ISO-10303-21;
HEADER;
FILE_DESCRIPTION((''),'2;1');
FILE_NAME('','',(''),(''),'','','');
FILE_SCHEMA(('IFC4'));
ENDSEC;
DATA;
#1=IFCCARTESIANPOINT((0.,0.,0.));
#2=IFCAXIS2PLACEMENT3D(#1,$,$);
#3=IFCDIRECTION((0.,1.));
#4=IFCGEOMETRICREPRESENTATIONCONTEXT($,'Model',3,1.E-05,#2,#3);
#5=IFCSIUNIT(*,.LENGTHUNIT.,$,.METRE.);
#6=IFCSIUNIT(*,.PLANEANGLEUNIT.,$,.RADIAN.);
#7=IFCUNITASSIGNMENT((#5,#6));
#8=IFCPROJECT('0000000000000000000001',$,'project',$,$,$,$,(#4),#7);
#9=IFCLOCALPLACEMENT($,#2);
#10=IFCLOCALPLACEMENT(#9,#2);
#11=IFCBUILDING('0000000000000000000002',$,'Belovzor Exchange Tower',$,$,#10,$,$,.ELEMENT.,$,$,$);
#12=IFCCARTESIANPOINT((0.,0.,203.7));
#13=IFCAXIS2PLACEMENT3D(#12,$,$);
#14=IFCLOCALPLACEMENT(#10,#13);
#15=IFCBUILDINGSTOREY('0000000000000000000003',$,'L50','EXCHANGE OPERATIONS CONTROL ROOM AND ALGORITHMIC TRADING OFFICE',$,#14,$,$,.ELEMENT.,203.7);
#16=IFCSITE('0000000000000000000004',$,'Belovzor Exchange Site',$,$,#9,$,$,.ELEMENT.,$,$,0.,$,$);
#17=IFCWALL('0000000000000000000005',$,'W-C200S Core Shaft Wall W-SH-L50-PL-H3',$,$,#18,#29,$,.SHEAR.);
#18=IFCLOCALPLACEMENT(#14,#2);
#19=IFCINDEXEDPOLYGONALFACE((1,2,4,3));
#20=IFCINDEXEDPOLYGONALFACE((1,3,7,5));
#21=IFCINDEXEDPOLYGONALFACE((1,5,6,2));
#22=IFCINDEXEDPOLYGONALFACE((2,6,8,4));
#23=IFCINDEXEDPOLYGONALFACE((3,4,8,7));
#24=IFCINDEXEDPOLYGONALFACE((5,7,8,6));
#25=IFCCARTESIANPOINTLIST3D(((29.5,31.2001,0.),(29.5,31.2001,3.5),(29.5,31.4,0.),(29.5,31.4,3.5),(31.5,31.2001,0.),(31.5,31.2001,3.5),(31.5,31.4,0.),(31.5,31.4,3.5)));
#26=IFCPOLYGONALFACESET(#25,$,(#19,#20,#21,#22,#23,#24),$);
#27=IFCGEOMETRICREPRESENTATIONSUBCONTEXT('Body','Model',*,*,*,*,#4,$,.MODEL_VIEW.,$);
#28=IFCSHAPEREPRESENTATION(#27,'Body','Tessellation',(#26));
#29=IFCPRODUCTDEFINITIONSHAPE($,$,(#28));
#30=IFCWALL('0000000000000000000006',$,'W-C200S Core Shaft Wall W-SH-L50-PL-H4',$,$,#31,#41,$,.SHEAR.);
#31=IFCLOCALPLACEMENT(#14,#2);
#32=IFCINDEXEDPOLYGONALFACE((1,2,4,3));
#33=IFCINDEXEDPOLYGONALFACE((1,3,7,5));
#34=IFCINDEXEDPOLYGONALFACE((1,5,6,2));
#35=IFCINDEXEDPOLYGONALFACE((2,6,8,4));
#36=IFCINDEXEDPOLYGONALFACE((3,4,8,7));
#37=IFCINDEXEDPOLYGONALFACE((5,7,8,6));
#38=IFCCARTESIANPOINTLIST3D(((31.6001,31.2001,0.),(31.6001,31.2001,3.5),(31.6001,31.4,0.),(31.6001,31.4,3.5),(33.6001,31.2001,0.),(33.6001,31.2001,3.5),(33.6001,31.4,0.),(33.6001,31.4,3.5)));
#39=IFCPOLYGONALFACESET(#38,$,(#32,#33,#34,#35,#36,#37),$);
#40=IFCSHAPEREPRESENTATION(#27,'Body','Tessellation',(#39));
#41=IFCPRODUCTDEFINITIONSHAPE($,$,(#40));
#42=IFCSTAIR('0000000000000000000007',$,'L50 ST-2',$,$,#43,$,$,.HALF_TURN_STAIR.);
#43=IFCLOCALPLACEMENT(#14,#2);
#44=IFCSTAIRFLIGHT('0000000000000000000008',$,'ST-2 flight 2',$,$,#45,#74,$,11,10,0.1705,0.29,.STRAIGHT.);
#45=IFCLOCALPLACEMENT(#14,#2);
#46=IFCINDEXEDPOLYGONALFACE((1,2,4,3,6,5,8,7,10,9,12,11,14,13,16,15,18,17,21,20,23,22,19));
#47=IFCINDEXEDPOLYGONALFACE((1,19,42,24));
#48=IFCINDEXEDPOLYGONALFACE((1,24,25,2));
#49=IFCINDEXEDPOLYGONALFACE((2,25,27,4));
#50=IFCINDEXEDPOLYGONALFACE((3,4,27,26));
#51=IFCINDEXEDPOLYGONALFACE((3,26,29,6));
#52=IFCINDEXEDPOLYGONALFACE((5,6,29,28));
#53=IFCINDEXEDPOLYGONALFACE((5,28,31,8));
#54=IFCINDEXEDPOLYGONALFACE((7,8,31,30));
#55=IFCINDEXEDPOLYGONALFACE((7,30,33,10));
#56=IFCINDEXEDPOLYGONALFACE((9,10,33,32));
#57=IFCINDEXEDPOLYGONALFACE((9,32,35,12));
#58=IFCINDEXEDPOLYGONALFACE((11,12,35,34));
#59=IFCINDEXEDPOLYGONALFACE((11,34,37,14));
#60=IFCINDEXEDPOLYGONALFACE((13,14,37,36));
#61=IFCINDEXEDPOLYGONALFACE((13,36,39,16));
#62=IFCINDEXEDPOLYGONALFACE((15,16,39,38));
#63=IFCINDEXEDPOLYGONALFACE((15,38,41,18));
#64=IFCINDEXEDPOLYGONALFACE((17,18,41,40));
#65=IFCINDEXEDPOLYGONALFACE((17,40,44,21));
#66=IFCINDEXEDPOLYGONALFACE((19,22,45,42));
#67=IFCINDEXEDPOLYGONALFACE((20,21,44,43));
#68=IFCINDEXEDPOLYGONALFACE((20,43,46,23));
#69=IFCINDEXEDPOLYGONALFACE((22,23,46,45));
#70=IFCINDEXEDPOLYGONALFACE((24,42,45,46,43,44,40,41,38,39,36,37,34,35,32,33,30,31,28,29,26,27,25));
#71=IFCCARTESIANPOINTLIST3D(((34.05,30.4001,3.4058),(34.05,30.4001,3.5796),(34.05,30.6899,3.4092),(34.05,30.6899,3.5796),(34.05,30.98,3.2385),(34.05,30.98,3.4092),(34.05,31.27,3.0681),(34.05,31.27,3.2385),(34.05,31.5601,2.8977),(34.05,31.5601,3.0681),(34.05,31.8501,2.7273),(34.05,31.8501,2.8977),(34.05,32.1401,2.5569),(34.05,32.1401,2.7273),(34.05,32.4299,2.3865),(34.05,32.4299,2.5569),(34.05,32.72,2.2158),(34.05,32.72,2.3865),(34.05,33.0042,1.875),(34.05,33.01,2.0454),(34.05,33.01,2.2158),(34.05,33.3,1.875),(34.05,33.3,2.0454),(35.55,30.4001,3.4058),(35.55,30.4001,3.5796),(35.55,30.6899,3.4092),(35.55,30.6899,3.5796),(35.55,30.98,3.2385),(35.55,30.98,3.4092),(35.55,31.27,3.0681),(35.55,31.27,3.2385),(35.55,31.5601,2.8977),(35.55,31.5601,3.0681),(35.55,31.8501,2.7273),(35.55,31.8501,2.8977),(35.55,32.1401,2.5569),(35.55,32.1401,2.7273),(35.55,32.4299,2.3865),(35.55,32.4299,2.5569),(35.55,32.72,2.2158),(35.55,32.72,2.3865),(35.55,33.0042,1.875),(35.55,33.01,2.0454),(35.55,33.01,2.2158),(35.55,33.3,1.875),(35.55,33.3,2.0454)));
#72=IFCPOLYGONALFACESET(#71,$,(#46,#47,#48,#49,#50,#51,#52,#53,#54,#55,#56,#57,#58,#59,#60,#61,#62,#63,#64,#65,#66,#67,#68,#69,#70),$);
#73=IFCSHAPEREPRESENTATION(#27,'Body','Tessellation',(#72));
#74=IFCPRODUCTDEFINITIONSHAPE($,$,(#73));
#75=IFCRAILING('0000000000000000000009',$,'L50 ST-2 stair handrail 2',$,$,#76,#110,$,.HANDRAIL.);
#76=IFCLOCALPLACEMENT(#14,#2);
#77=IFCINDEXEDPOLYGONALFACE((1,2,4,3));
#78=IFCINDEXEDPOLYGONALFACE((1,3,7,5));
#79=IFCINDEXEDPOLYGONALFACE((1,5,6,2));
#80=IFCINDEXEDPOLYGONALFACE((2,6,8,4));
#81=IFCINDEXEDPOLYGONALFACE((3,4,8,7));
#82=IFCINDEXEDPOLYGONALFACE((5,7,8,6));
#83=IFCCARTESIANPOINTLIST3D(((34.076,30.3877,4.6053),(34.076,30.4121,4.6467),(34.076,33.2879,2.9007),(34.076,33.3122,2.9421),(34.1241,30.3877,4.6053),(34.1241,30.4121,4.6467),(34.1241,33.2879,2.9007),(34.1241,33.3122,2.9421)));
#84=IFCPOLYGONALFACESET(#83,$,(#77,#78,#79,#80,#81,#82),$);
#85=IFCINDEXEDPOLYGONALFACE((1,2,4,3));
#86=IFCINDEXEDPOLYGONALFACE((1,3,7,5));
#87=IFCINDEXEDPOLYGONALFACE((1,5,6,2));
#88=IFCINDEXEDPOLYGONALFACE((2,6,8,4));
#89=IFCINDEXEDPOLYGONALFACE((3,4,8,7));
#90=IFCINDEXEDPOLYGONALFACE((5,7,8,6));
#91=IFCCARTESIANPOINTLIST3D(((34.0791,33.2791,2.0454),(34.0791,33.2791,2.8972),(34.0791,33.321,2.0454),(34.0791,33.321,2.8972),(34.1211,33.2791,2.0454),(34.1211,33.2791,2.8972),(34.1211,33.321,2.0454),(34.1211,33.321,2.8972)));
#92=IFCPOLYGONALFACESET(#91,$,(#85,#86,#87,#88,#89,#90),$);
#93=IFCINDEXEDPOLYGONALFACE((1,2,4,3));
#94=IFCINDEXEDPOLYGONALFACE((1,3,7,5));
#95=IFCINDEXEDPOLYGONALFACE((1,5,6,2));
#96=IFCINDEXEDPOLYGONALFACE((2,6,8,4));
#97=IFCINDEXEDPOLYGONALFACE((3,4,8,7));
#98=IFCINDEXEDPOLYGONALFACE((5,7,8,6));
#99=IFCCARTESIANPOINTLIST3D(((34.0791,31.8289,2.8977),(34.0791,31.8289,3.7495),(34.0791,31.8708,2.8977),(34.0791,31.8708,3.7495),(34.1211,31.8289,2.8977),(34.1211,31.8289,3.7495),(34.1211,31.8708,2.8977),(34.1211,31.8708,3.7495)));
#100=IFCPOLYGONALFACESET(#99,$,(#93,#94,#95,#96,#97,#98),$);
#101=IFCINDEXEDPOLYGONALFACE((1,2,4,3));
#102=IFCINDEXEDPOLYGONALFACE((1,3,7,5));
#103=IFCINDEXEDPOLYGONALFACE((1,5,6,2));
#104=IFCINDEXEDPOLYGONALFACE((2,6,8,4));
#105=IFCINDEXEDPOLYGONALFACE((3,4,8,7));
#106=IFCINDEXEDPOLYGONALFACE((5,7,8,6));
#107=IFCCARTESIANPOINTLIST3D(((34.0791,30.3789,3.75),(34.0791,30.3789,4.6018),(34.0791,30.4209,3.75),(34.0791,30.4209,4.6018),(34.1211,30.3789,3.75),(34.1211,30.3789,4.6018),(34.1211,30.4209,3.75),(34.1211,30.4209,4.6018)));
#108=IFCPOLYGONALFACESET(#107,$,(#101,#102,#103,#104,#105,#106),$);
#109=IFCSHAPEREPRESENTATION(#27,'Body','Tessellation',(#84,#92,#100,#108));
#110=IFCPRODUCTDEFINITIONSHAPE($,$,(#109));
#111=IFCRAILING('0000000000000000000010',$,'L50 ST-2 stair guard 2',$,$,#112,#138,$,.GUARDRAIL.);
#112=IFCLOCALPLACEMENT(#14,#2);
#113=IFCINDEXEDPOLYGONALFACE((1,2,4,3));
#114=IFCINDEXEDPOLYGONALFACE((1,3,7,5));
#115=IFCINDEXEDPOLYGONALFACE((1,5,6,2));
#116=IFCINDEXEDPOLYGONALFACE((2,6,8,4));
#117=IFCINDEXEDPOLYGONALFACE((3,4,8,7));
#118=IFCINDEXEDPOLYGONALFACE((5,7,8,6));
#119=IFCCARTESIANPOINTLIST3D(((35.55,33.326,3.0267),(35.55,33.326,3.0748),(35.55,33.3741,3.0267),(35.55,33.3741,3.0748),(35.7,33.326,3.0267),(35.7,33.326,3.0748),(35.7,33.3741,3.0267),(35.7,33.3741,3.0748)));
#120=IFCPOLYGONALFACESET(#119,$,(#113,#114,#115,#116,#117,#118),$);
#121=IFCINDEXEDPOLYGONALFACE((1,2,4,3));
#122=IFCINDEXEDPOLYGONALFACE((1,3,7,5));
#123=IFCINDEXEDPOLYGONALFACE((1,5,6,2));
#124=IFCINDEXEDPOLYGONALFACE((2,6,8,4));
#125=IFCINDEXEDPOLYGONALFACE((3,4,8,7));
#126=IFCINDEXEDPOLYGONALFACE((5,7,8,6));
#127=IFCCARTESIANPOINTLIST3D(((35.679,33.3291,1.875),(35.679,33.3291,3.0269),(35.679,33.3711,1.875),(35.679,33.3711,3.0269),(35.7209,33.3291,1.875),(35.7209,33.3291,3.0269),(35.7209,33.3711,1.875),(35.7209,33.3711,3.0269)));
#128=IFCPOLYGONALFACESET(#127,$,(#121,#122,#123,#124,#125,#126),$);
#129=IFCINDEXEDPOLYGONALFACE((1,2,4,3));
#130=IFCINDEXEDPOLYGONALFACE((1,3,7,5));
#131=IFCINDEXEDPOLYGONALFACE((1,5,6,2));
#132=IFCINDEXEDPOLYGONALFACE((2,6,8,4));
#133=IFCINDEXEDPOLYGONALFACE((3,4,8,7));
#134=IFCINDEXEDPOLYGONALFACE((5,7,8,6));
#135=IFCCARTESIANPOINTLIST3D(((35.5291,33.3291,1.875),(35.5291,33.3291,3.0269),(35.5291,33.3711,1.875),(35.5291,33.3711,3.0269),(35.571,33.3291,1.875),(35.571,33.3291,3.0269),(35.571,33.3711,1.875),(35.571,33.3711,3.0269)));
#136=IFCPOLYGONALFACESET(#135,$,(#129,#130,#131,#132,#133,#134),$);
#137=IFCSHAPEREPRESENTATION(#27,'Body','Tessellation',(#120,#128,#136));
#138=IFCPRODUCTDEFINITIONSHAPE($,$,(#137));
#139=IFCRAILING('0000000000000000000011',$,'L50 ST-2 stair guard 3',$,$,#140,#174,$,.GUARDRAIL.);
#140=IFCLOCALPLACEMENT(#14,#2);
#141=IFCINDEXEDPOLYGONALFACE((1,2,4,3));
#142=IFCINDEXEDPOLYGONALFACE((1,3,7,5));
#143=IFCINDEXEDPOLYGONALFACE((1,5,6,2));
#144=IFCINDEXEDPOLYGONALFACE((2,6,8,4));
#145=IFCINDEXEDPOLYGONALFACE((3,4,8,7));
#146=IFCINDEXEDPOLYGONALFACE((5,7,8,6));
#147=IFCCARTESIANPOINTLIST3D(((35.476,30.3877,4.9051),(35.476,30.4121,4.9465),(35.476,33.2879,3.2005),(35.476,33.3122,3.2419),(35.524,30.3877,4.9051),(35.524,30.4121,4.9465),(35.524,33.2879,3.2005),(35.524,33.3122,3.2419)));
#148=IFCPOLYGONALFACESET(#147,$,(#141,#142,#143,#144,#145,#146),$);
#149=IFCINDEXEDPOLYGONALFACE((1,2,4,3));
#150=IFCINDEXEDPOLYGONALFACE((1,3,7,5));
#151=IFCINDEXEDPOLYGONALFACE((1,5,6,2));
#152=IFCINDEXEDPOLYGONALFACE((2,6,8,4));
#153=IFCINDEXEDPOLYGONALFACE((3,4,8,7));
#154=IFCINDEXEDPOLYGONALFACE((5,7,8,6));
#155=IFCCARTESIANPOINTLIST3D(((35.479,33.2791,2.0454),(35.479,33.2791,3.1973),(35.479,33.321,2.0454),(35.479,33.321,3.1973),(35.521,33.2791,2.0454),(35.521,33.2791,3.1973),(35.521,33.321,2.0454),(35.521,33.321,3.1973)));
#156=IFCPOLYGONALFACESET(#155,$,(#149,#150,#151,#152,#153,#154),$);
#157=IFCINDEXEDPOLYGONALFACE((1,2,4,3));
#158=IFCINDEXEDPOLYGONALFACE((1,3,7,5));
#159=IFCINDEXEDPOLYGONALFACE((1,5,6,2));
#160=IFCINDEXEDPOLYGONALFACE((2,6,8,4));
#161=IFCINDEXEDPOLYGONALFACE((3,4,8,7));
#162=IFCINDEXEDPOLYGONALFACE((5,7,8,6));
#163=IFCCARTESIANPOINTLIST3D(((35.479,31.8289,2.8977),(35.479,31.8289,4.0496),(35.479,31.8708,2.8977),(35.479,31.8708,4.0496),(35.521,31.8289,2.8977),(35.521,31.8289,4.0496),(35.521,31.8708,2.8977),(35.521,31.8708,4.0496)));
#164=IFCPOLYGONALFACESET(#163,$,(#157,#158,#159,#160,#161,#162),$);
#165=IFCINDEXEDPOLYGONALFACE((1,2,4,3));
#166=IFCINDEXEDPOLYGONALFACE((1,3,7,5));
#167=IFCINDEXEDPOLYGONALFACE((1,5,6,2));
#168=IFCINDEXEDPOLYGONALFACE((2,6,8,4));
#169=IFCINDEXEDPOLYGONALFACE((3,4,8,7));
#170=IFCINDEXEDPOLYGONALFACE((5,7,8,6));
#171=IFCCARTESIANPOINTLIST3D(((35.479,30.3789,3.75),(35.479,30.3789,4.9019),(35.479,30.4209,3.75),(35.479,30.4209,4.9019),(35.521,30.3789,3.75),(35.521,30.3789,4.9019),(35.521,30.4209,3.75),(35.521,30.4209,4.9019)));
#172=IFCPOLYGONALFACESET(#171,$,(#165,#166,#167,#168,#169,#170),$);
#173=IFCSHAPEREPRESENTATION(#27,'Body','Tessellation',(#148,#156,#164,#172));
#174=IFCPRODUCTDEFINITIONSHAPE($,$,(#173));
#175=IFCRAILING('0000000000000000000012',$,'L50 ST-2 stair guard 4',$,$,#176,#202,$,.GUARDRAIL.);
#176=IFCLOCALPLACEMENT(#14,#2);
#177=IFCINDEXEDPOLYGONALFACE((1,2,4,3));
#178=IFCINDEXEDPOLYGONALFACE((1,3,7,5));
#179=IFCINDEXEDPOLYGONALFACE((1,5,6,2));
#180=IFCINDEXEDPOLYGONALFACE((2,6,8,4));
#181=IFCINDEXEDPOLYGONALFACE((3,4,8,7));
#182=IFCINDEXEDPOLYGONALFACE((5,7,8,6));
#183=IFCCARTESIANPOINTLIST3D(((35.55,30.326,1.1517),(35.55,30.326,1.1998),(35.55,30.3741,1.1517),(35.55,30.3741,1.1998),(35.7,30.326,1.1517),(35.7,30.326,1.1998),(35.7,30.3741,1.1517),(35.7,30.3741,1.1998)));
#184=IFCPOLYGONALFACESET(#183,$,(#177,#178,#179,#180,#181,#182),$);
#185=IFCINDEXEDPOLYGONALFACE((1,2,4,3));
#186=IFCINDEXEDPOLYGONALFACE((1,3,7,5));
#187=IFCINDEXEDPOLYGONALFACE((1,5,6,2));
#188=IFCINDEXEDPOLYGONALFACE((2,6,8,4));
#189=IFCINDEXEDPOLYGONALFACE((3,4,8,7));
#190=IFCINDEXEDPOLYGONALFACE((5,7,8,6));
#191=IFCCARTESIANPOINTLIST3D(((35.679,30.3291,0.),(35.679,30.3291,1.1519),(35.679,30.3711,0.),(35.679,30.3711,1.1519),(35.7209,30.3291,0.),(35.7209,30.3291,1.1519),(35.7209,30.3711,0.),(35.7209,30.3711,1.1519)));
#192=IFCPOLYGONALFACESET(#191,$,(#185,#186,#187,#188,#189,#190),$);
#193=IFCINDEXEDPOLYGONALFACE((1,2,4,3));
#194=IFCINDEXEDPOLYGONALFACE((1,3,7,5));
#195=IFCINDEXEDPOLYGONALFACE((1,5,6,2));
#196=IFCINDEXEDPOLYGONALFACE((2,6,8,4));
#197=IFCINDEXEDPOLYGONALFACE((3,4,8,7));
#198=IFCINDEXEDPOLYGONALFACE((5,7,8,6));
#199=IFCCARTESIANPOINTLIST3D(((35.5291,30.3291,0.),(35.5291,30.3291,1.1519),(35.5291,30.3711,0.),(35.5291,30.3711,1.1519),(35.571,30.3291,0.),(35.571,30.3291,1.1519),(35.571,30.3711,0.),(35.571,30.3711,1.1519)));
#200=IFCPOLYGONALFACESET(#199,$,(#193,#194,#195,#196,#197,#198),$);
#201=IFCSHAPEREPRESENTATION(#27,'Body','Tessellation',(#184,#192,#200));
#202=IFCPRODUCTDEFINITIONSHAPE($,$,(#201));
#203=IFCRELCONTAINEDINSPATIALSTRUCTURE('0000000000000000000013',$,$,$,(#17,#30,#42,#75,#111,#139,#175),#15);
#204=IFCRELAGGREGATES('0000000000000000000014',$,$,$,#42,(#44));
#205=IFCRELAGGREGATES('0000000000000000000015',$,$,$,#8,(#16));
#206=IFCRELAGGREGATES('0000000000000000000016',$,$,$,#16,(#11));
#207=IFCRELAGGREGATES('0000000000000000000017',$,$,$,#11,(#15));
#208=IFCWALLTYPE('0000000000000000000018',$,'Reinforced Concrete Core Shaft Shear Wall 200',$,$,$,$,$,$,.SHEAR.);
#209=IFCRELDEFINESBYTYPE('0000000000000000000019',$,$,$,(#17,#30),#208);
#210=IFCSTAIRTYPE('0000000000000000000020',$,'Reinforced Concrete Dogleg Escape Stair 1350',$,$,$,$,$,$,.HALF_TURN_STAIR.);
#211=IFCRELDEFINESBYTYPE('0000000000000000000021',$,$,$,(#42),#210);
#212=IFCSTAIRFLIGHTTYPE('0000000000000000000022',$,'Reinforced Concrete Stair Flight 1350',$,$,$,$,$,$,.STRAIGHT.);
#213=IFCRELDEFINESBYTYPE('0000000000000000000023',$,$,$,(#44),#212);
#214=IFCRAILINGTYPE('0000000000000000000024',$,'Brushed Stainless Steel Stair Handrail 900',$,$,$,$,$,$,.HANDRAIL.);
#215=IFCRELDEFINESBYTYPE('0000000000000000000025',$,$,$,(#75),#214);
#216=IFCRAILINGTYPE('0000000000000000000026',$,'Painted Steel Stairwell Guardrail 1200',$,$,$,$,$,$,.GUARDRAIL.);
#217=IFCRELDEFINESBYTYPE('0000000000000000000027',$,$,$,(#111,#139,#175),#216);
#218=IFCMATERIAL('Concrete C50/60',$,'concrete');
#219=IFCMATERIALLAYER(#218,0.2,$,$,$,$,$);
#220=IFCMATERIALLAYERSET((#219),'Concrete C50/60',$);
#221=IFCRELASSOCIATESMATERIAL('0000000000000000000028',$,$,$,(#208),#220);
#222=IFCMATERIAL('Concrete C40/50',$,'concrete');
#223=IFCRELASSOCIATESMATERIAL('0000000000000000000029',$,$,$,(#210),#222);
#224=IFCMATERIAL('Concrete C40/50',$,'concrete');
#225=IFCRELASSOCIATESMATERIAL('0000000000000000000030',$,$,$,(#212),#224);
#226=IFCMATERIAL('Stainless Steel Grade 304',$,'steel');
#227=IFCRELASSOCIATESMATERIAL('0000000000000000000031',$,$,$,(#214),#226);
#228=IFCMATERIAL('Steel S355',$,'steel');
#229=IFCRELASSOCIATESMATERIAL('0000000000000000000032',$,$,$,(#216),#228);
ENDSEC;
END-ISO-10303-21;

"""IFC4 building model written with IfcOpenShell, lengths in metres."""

from ifc_helpers import new_model, si_unit, direction, frame, frame_2d, origin, origin_2d, place, context, subcontext, project, spatial, polyline, rectangle, outline, extrude, material, layer, layer_set, type_object, element, aggregate, save


model = new_model("IFC4")

# Units and contexts
model_context = context("Model", 3, precision=1e-05, world=origin(), true_north=direction((0.0, 1.0)))
body_context = subcontext(model_context, "Body", "Model", "MODEL_VIEW")
ifc_project = project(units=[si_unit("LENGTHUNIT", "METRE"), si_unit("PLANEANGLEUNIT", "RADIAN")], contexts=[model_context])

# Site, building, storey
site_placement = place(None, origin())
site = spatial("IfcSite", under=ifc_project, at=site_placement, Name="Belovzor Exchange Site", CompositionType="ELEMENT", RefElevation=0.0)
building_placement = place(site_placement, origin())
building = spatial("IfcBuilding", under=site, at=building_placement, Name="Belovzor Exchange Tower", CompositionType="ELEMENT")
storey_placement = place(building_placement, frame((0.0, 0.0, 203.7)))
storey = spatial("IfcBuildingStorey", under=building, at=storey_placement, Name="L50", Description="EXCHANGE OPERATIONS CONTROL ROOM AND ALGORITHMIC TRADING OFFICE", CompositionType="ELEMENT", Elevation=203.7)

# Walls
ifc_material_1 = material(Name="Concrete C50/60", Category="concrete")
ifc_layer_1 = layer(ifc_material_1, 0.2)
ifc_layer_set_1 = layer_set([ifc_layer_1], Name="Concrete C50/60")
wall_type_1 = type_object("IfcWallType", Name="Reinforced Concrete Core Shaft Shear Wall 200", PredefinedType="SHEAR", material=ifc_layer_set_1)
for number, where, z_axis, x_axis, name in (
    (1, (29.5, 31.3, 0.0), (0.0, 0.0, 1.0), (1.0, 0.0, 0.0), "W-C200S Core Shaft Wall W-SH-L50-PL-H3"),
    (2, (31.6001, 31.3, 0.0), (0.0, 0.0, 1.0), (1.0, 0.0, 0.0), "W-C200S Core Shaft Wall W-SH-L50-PL-H4"),
):
    element("IfcWall", number, at=place(storey_placement, frame(where, z_axis=z_axis, x_axis=x_axis)), inside=storey, type_object=wall_type_1, Name=name, PredefinedType="SHEAR", context=body_context, shape_type="SweptSolid", body=[
        extrude(rectangle(XDim=2.0, YDim=0.2, at=frame_2d((1.0, 0.0))), origin(), (0.0, 0.0, 1.0), 3.5),
    ])

# Stair, stair flight
ifc_material_2 = material(Name="Concrete C40/50", Category="concrete")
stair_type = type_object("IfcStairType", Name="Reinforced Concrete Dogleg Escape Stair 1350", PredefinedType="HALF_TURN_STAIR", material=ifc_material_2)
stair_placement = place(storey_placement, origin())
stair = element("IfcStair", 3, at=stair_placement, inside=storey, type_object=stair_type, Name="L50 ST-2", PredefinedType="HALF_TURN_STAIR")
ifc_material_3 = material(Name="Concrete C40/50", Category="concrete")
stair_flight_type = type_object("IfcStairFlightType", Name="Reinforced Concrete Stair Flight 1350", PredefinedType="STRAIGHT", material=ifc_material_3)
stair_flight_placement = place(storey_placement, frame((34.8, 33.3, 1.875), z_axis=(0.0, 0.0, 1.0), x_axis=(0.0, -1.0, 0.0)))
stair_flight = element("IfcStairFlight", 4, at=stair_flight_placement, type_object=stair_flight_type, Name="ST-2 flight 2", NumberOfRisers=11, NumberOfTreads=10, PredefinedType="STRAIGHT", RiserHeight=0.1705, TreadLength=0.29, context=body_context, shape_type="SweptSolid", body=[
    extrude(outline(polyline([(0.0, 0.0), (0.0, 0.1704), (0.29, 0.1704), (0.29, 0.3408), (0.5801, 0.3408), (0.5801, 0.5115), (0.8701, 0.5115), (0.8701, 0.6819), (1.1599, 0.6819), (1.1599, 0.8523), (1.45, 0.8523), (1.45, 1.0227), (1.74, 1.0227), (1.74, 1.1931), (2.03, 1.1931), (2.03, 1.3635), (2.3201, 1.3635), (2.3201, 1.5342), (2.6101, 1.5342), (2.6101, 1.7046), (2.8999, 1.7046), (2.8999, 1.875), (2.8999, 1.5308), (0.2959, 0.0), (0.0, 0.0)])), frame((0.0, 0.75, 0.0), z_axis=(0.0, -1.0, 0.0), x_axis=(1.0, 0.0, 0.0)), (0.0, 0.0, 1.0), 1.5),
])
aggregate(stair, [stair_flight])

# Railings
ifc_material_4 = material(Name="Stainless Steel Grade 304", Category="steel")
railing_type_1 = type_object("IfcRailingType", Name="Brushed Stainless Steel Stair Handrail 900", PredefinedType="HANDRAIL", material=ifc_material_4)
railing_1_placement = place(storey_placement, frame((34.1001, 33.3, 2.0454)))
element("IfcRailing", 5, at=railing_1_placement, inside=storey, type_object=railing_type_1, Name="L50 ST-2 stair handrail 2", PredefinedType="HANDRAIL", context=body_context, shape_type="SweptSolid", body=[
    extrude(rectangle(XDim=0.0481, YDim=0.0481, at=origin_2d()), frame((0.0, 0.0, 0.876), z_axis=(0.0, -0.862113, 0.506716), x_axis=(1.0, 0.0, 0.0)), (0.0, 0.0, 1.0), 3.364),
    extrude(rectangle(XDim=0.042, YDim=0.042, at=origin_2d()), origin(), (0.0, 0.0, 1.0), 0.8518),
    extrude(rectangle(XDim=0.042, YDim=0.042, at=origin_2d()), frame((0.0, -1.4502, 0.8523)), (0.0, 0.0, 1.0), 0.8518),
    extrude(rectangle(XDim=0.042, YDim=0.042, at=origin_2d()), frame((0.0, -2.9001, 1.7046)), (0.0, 0.0, 1.0), 0.8518),
])
ifc_material_5 = material(Name="Steel S355", Category="steel")
railing_type_2 = type_object("IfcRailingType", Name="Painted Steel Stairwell Guardrail 1200", PredefinedType="GUARDRAIL", material=ifc_material_5)
railing_2_placement = place(storey_placement, frame((35.7, 33.3501, 1.875)))
element("IfcRailing", 6, at=railing_2_placement, inside=storey, type_object=railing_type_2, Name="L50 ST-2 stair guard 2", PredefinedType="GUARDRAIL", context=body_context, shape_type="SweptSolid", body=[
    extrude(rectangle(XDim=0.0481, YDim=0.0481, at=origin_2d()), frame((0.0, 0.0, 1.1758), z_axis=(-1.0, 0.0, 0.0), x_axis=(0.0, -1.0, 0.0)), (0.0, 0.0, 1.0), 0.1499),
    extrude(rectangle(XDim=0.042, YDim=0.042, at=origin_2d()), origin(), (0.0, 0.0, 1.0), 1.1519),
    extrude(rectangle(XDim=0.042, YDim=0.042, at=origin_2d()), frame((-0.1499, 0.0, 0.0)), (0.0, 0.0, 1.0), 1.1519),
])
railing_3_placement = place(storey_placement, frame((35.5, 33.3, 2.0454)))
element("IfcRailing", 7, at=railing_3_placement, inside=storey, type_object=railing_type_2, Name="L50 ST-2 stair guard 3", PredefinedType="GUARDRAIL", context=body_context, shape_type="SweptSolid", body=[
    extrude(rectangle(XDim=0.0481, YDim=0.0481, at=origin_2d()), frame((0.0, 0.0, 1.1758), z_axis=(0.0, -0.862113, 0.506716), x_axis=(1.0, 0.0, 0.0)), (0.0, 0.0, 1.0), 3.364),
    extrude(rectangle(XDim=0.042, YDim=0.042, at=origin_2d()), origin(), (0.0, 0.0, 1.0), 1.1519),
    extrude(rectangle(XDim=0.042, YDim=0.042, at=origin_2d()), frame((0.0, -1.4502, 0.8523)), (0.0, 0.0, 1.0), 1.1519),
    extrude(rectangle(XDim=0.042, YDim=0.042, at=origin_2d()), frame((0.0, -2.9001, 1.7046)), (0.0, 0.0, 1.0), 1.1519),
])
railing_4_placement = place(storey_placement, frame((35.7, 30.3501, 0.0)))
element("IfcRailing", 8, at=railing_4_placement, inside=storey, type_object=railing_type_2, Name="L50 ST-2 stair guard 4", PredefinedType="GUARDRAIL", context=body_context, shape_type="SweptSolid", body=[
    extrude(rectangle(XDim=0.0481, YDim=0.0481, at=origin_2d()), frame((0.0, 0.0, 1.1758), z_axis=(-1.0, 0.0, 0.0), x_axis=(0.0, -1.0, 0.0)), (0.0, 0.0, 1.0), 0.1499),
    extrude(rectangle(XDim=0.042, YDim=0.042, at=origin_2d()), origin(), (0.0, 0.0, 1.0), 1.1519),
    extrude(rectangle(XDim=0.042, YDim=0.042, at=origin_2d()), frame((-0.1499, 0.0, 0.0)), (0.0, 0.0, 1.0), 1.1519),
])

save(model, "model.ifc")
